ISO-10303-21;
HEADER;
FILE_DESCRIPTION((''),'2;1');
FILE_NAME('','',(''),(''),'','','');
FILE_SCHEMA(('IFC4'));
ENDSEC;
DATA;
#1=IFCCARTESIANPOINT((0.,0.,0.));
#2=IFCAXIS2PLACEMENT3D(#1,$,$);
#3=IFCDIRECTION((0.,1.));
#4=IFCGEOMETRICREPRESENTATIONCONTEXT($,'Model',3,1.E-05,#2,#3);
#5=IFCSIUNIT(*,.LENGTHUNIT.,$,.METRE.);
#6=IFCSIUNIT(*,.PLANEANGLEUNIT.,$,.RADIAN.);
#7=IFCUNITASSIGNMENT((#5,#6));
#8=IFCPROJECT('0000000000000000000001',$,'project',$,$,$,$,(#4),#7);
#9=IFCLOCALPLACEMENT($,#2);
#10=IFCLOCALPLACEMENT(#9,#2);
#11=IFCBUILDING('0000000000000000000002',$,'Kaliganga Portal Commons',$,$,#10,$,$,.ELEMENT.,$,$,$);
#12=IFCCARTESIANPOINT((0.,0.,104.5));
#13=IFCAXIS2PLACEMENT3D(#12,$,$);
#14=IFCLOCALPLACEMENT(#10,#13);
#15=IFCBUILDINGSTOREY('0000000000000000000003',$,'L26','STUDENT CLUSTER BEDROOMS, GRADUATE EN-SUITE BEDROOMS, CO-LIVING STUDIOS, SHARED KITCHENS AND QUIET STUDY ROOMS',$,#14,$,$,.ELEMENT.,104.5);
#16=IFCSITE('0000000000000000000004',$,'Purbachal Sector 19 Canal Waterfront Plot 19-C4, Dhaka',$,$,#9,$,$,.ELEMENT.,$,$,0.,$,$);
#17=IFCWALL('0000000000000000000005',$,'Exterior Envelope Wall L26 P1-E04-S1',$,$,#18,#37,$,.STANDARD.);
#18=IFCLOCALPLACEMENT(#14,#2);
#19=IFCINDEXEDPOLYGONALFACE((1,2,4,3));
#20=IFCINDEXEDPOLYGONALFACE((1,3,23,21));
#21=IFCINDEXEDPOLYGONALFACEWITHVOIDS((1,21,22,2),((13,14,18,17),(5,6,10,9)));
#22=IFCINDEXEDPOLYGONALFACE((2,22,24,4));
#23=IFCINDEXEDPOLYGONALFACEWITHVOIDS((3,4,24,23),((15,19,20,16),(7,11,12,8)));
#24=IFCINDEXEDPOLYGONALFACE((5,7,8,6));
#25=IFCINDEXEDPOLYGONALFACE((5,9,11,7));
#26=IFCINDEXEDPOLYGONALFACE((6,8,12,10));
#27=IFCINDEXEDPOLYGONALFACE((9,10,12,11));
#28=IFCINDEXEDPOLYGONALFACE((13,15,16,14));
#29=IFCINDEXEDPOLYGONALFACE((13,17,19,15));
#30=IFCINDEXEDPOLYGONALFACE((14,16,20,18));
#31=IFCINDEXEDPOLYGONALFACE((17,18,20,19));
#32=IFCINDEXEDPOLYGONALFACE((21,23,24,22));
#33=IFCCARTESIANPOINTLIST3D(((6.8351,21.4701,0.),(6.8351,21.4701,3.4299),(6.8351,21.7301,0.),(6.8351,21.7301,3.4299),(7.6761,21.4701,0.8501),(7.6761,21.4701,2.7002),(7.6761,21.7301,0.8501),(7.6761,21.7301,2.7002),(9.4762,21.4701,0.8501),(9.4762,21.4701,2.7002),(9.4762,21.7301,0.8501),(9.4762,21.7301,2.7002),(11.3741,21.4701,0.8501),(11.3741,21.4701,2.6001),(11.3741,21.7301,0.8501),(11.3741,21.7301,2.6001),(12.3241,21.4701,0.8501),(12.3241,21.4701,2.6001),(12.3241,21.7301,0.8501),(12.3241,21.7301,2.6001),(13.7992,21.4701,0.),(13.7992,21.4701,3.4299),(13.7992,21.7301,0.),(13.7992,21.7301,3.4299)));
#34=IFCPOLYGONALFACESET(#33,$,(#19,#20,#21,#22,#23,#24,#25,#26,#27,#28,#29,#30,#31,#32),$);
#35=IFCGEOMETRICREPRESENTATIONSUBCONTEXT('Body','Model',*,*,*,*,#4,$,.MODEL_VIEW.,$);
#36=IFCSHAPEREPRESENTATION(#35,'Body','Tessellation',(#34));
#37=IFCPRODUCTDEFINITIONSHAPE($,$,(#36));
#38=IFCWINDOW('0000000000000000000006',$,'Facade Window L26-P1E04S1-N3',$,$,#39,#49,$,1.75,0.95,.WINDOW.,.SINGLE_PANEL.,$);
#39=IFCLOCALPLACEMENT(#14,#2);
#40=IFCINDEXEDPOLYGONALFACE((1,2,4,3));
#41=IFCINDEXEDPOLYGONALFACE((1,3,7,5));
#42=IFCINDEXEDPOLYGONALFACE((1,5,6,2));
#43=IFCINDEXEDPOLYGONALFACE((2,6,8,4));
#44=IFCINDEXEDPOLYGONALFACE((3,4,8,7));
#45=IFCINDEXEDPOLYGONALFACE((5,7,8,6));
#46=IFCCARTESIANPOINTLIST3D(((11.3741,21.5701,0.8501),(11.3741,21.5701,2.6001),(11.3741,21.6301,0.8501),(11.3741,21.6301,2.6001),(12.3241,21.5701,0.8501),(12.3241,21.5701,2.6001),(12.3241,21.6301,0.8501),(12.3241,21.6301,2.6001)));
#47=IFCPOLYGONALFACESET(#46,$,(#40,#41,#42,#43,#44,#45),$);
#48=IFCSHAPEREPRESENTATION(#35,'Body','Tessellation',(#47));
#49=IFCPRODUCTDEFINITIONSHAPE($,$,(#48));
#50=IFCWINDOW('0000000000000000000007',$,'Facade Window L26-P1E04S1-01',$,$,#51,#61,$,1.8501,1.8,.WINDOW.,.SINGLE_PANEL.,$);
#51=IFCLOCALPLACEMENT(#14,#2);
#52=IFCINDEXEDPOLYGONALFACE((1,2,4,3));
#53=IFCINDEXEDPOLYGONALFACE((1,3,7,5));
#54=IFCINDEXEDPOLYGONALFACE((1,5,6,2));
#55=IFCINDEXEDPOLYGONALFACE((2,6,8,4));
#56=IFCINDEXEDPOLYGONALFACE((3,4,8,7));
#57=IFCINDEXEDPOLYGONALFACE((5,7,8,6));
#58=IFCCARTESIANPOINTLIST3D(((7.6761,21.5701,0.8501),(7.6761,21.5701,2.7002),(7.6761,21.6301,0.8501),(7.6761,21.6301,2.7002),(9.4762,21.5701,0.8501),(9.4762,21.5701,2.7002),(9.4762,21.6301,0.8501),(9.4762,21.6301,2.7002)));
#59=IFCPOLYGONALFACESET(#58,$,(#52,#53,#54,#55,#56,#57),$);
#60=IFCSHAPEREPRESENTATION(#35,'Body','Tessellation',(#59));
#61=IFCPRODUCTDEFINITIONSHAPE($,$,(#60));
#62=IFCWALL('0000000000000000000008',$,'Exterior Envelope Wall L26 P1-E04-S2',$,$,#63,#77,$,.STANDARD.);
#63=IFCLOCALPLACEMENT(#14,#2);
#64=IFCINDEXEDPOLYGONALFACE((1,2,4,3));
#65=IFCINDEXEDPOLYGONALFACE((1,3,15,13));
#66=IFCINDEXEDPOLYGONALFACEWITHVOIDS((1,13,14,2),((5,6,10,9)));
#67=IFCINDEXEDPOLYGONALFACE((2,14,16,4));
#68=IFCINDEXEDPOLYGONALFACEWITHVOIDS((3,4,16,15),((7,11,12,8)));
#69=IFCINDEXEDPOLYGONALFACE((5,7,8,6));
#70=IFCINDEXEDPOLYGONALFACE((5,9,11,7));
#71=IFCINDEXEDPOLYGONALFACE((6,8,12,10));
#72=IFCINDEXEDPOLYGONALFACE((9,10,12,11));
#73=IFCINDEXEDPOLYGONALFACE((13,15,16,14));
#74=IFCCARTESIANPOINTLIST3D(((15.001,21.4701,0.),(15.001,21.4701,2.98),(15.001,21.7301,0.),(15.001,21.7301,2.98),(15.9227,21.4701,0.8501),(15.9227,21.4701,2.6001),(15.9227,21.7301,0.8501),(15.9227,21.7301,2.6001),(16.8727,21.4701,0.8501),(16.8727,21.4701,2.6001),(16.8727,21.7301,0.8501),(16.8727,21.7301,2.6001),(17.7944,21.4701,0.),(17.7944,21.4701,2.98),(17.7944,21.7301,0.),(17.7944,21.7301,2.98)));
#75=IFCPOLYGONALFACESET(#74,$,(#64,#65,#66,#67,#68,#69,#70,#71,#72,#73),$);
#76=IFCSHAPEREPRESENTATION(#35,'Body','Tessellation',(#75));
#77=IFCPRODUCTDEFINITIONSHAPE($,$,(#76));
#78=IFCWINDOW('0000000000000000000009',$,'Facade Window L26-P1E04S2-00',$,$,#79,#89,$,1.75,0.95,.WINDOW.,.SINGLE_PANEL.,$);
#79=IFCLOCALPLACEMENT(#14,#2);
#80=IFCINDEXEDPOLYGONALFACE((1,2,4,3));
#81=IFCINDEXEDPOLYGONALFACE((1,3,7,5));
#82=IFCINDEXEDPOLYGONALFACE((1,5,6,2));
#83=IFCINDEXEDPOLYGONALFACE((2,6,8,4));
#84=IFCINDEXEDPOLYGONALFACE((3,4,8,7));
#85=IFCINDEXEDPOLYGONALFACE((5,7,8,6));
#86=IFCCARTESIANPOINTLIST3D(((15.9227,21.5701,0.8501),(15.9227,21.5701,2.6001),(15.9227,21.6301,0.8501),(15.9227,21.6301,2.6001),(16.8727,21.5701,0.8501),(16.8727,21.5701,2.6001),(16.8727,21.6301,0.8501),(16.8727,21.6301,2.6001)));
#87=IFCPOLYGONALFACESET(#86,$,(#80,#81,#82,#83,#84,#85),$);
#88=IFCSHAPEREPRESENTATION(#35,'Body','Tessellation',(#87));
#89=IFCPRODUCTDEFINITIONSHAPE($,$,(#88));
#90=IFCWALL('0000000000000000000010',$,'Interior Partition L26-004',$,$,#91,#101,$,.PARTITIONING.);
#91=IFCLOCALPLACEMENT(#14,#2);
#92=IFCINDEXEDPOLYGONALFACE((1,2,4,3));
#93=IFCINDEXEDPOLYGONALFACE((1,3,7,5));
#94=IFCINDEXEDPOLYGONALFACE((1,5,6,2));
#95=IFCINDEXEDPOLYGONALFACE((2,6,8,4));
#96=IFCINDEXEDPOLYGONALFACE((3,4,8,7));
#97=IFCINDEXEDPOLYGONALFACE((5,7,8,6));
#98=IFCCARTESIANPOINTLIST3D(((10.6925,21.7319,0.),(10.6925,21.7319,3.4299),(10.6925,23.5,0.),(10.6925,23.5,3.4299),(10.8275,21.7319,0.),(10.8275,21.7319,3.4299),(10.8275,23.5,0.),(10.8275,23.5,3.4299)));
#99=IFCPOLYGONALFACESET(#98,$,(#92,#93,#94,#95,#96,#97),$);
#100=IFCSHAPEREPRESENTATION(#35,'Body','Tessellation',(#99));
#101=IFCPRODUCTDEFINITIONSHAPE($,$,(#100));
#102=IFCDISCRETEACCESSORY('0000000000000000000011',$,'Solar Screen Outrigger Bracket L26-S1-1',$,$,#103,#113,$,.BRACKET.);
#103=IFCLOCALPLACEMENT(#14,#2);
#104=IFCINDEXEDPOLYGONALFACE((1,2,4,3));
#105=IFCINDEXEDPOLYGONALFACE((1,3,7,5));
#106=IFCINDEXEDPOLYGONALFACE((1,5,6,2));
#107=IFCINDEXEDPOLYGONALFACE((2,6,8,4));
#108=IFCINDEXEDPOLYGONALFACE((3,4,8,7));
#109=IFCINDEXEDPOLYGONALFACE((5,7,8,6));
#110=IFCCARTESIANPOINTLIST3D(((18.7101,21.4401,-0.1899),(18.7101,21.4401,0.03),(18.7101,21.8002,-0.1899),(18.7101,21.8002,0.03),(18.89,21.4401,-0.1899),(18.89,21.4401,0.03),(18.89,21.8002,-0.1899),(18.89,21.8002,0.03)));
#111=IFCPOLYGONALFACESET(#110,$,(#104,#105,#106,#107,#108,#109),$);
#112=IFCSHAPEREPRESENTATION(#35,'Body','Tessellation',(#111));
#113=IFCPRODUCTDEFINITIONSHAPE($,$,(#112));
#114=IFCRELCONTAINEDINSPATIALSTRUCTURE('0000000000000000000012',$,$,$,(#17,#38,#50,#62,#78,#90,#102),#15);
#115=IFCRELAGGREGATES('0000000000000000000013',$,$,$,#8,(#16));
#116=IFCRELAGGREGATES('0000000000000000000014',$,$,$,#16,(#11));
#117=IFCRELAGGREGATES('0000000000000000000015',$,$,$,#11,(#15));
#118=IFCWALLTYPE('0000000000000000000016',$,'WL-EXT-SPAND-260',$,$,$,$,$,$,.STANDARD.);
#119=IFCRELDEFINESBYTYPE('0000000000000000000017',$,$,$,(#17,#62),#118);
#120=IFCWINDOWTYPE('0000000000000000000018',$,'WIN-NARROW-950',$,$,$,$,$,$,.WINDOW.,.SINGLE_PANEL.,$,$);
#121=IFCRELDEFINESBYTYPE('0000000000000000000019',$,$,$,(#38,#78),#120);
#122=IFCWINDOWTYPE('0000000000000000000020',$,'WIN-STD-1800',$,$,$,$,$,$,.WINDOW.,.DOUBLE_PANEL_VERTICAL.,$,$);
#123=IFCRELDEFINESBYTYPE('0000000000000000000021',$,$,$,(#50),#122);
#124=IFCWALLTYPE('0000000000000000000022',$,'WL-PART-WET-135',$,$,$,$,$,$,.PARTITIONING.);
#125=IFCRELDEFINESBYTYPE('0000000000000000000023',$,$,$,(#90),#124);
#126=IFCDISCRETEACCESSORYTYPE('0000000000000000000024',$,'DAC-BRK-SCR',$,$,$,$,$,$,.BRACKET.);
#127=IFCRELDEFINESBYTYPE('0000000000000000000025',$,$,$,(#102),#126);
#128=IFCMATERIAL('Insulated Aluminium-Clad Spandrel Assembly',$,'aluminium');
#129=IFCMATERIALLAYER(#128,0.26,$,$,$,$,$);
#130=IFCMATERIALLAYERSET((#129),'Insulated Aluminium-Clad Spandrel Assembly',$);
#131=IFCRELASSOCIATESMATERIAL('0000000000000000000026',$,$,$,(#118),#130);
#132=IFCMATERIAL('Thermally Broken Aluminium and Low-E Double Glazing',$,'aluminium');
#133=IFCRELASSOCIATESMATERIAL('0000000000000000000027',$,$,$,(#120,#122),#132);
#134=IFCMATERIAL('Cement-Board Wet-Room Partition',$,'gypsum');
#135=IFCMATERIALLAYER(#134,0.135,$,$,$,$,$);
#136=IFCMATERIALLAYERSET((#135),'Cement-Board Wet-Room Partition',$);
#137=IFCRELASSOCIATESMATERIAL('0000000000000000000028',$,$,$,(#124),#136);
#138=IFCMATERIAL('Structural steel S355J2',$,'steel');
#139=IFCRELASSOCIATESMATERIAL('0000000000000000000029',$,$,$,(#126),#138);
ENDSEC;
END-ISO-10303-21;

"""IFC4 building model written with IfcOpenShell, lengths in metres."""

from ifc_helpers import new_model, si_unit, direction, frame, frame_2d, origin, origin_2d, place, context, subcontext, project, spatial, rectangle, extrude, source, transform, mapped, material, layer, layer_set, type_object, element, fill, save


model = new_model("IFC4")

# Units and contexts
model_context = context("Model", 3, precision=1e-05, world=origin(), true_north=direction((0.0, 1.0)))
body_context = subcontext(model_context, "Body", "Model", "MODEL_VIEW")
ifc_project = project(units=[si_unit("LENGTHUNIT", "METRE"), si_unit("PLANEANGLEUNIT", "RADIAN")], contexts=[model_context])

# Site, building, storey
site_placement = place(None, origin())
site = spatial("IfcSite", under=ifc_project, at=site_placement, Name="Purbachal Sector 19 Canal Waterfront Plot 19-C4, Dhaka", CompositionType="ELEMENT", RefElevation=0.0)
building_placement = place(site_placement, origin())
building = spatial("IfcBuilding", under=site, at=building_placement, Name="Kaliganga Portal Commons", CompositionType="ELEMENT")
storey_placement = place(building_placement, frame((0.0, 0.0, 104.5)))
storey = spatial("IfcBuildingStorey", under=building, at=storey_placement, Name="L26", Description="STUDENT CLUSTER BEDROOMS, GRADUATE EN-SUITE BEDROOMS, CO-LIVING STUDIOS, SHARED KITCHENS AND QUIET STUDY ROOMS", CompositionType="ELEMENT", Elevation=104.5)

# Shared definitions
ifc_material_1 = material(Name="Structural steel S355J2", Category="steel")

# Wall, openings, windows
ifc_material_2 = material(Name="Insulated Aluminium-Clad Spandrel Assembly", Category="aluminium")
ifc_layer_1 = layer(ifc_material_2, 0.26)
ifc_layer_set_1 = layer_set([ifc_layer_1], Name="Insulated Aluminium-Clad Spandrel Assembly")
wall_type_1 = type_object("IfcWallType", Name="WL-EXT-SPAND-260", PredefinedType="STANDARD", material=ifc_layer_set_1)
ifc_material_3 = material(Name="Thermally Broken Aluminium and Low-E Double Glazing", Category="aluminium")
window_type_1 = type_object("IfcWindowType", Name="WIN-NARROW-950", PartitioningType="SINGLE_PANEL", PredefinedType="WINDOW", material=ifc_material_3)
window_type_2 = type_object("IfcWindowType", Name="WIN-STD-1800", PartitioningType="DOUBLE_PANEL_VERTICAL", PredefinedType="WINDOW", material=ifc_material_3)
wall_1_placement = place(storey_placement, frame((13.7991, 21.6001, 0.0), z_axis=(0.0, 0.0, 1.0), x_axis=(-1.0, 0.0, 0.0)))
wall_1 = element("IfcWall", 1, at=wall_1_placement, inside=storey, type_object=wall_type_1, Name="Exterior Envelope Wall L26 P1-E04-S1", PredefinedType="STANDARD", context=body_context, shape_type="SweptSolid", body=[
    extrude(rectangle(XDim=6.9641, YDim=0.26, at=frame_2d((3.4819, 0.0))), origin(), (0.0, 0.0, 1.0), 3.4299),
])
opening_1_placement = place(wall_1_placement, frame((4.323, 0.0, 0.8501)))
opening_1 = element("IfcOpeningElement", 2, at=opening_1_placement, cuts=wall_1, PredefinedType="OPENING", context=body_context, shape_type="SweptSolid", body=[
    extrude(rectangle(XDim=1.8, YDim=1.8501, at=frame_2d((0.8999, 0.925))), frame((0.0, 0.1401, 0.0), z_axis=(0.0, -1.0, 0.0), x_axis=(1.0, 0.0, 0.0)), (0.0, 0.0, 1.0), 0.28),
])
opening_2_placement = place(wall_1_placement, frame((1.4749, 0.0, 0.8501)))
opening_2 = element("IfcOpeningElement", 3, at=opening_2_placement, cuts=wall_1, PredefinedType="OPENING", context=body_context, shape_type="SweptSolid", body=[
    extrude(rectangle(XDim=0.95, YDim=1.75, at=frame_2d((0.4751, 0.875))), frame((0.0, 0.1401, 0.0), z_axis=(0.0, -1.0, 0.0), x_axis=(1.0, 0.0, 0.0)), (0.0, 0.0, 1.0), 0.28),
])
window_1_placement = place(opening_2_placement, origin())
window_1 = element("IfcWindow", 4, at=window_1_placement, inside=storey, type_object=window_type_1, Name="Facade Window L26-P1E04S1-N3", OverallHeight=1.75, OverallWidth=0.95, PartitioningType="SINGLE_PANEL", PredefinedType="WINDOW", context=body_context, shape_type="SweptSolid", body=[
    extrude(rectangle(XDim=0.95, YDim=1.75, at=frame_2d((0.4751, 0.875))), frame((0.0, 0.03, 0.0), z_axis=(0.0, -1.0, 0.0), x_axis=(1.0, 0.0, 0.0)), (0.0, 0.0, 1.0), 0.0601),
])
fill(opening_2, window_1)
window_2_placement = place(opening_1_placement, origin())
window_2 = element("IfcWindow", 5, at=window_2_placement, inside=storey, type_object=window_type_2, Name="Facade Window L26-P1E04S1-01", OverallHeight=1.8501, OverallWidth=1.8, PartitioningType="SINGLE_PANEL", PredefinedType="WINDOW", context=body_context, shape_type="SweptSolid", body=[
    extrude(rectangle(XDim=1.8, YDim=1.8501, at=frame_2d((0.8999, 0.925))), frame((0.0, 0.03, 0.0), z_axis=(0.0, -1.0, 0.0), x_axis=(1.0, 0.0, 0.0)), (0.0, 0.0, 1.0), 0.0601),
])
fill(opening_1, window_2)

# Wall, opening, window
wall_2_placement = place(storey_placement, frame((17.7944, 21.6001, 0.0), z_axis=(0.0, 0.0, 1.0), x_axis=(-1.0, 0.0, 0.0)))
wall_2 = element("IfcWall", 6, at=wall_2_placement, inside=storey, type_object=wall_type_1, Name="Exterior Envelope Wall L26 P1-E04-S2", PredefinedType="STANDARD", context=body_context, shape_type="SweptSolid", body=[
    extrude(rectangle(XDim=2.7935, YDim=0.26, at=frame_2d((1.3967, 0.0))), origin(), (0.0, 0.0, 1.0), 2.98),
])
opening_3_placement = place(wall_2_placement, frame((0.9216, 0.0, 0.8501)))
opening_3 = element("IfcOpeningElement", 7, at=opening_3_placement, cuts=wall_2, PredefinedType="OPENING", context=body_context, shape_type="SweptSolid", body=[
    extrude(rectangle(XDim=0.95, YDim=1.75, at=frame_2d((0.4751, 0.875))), frame((0.0, 0.1401, 0.0), z_axis=(0.0, -1.0, 0.0), x_axis=(1.0, 0.0, 0.0)), (0.0, 0.0, 1.0), 0.28),
])
window_3_placement = place(opening_3_placement, origin())
window_3 = element("IfcWindow", 8, at=window_3_placement, inside=storey, type_object=window_type_1, Name="Facade Window L26-P1E04S2-00", OverallHeight=1.75, OverallWidth=0.95, PartitioningType="SINGLE_PANEL", PredefinedType="WINDOW", context=body_context, shape_type="SweptSolid", body=[
    extrude(rectangle(XDim=0.95, YDim=1.75, at=frame_2d((0.4751, 0.875))), frame((0.0, 0.03, 0.0), z_axis=(0.0, -1.0, 0.0), x_axis=(1.0, 0.0, 0.0)), (0.0, 0.0, 1.0), 0.0601),
])
fill(opening_3, window_3)

# Wall
ifc_material_4 = material(Name="Cement-Board Wet-Room Partition", Category="gypsum")
ifc_layer_2 = layer(ifc_material_4, 0.135)
ifc_layer_set_2 = layer_set([ifc_layer_2], Name="Cement-Board Wet-Room Partition")
wall_type_2 = type_object("IfcWallType", Name="WL-PART-WET-135", PredefinedType="PARTITIONING", material=ifc_layer_set_2)
wall_3_placement = place(storey_placement, frame((10.76, 21.7319, 0.0), z_axis=(0.0, 0.0, 1.0), x_axis=(0.0, 1.0, 0.0)))
element("IfcWall", 9, at=wall_3_placement, inside=storey, type_object=wall_type_2, Name="Interior Partition L26-004", PredefinedType="PARTITIONING", context=body_context, shape_type="SweptSolid", body=[
    extrude(rectangle(XDim=1.7681, YDim=0.135, at=frame_2d((0.884, 0.0))), origin(), (0.0, 0.0, 1.0), 3.4299),
])

# Discrete accessory
discrete_accessory_type = type_object("IfcDiscreteAccessoryType", Name="DAC-BRK-SCR", PredefinedType="BRACKET", material=ifc_material_1)
shared_shape_1 = source(origin(), body_context, "Body", "SweptSolid", [
    extrude(rectangle(XDim=0.1799, YDim=0.3601, at=origin_2d()), origin(), (0.0, 0.0, 1.0), 0.22),
])
discrete_accessory_placement = place(storey_placement, frame((18.8, 21.6201, -0.1899), z_axis=(0.0, 0.0, 1.0), x_axis=(1.0, 0.0, 0.0)))
element("IfcDiscreteAccessory", 10, at=discrete_accessory_placement, inside=storey, type_object=discrete_accessory_type, Name="Solar Screen Outrigger Bracket L26-S1-1", PredefinedType="BRACKET", context=body_context, shape_type="MappedRepresentation", body=[
    mapped(shared_shape_1, transform((0.0, 0.0, 0.0), x_axis=(1.0, 0.0, 0.0), y_axis=(0.0, 1.0, 0.0), z_axis=(0.0, 0.0, 1.0), scale=1.0)),
])

save(model, "model.ifc")
